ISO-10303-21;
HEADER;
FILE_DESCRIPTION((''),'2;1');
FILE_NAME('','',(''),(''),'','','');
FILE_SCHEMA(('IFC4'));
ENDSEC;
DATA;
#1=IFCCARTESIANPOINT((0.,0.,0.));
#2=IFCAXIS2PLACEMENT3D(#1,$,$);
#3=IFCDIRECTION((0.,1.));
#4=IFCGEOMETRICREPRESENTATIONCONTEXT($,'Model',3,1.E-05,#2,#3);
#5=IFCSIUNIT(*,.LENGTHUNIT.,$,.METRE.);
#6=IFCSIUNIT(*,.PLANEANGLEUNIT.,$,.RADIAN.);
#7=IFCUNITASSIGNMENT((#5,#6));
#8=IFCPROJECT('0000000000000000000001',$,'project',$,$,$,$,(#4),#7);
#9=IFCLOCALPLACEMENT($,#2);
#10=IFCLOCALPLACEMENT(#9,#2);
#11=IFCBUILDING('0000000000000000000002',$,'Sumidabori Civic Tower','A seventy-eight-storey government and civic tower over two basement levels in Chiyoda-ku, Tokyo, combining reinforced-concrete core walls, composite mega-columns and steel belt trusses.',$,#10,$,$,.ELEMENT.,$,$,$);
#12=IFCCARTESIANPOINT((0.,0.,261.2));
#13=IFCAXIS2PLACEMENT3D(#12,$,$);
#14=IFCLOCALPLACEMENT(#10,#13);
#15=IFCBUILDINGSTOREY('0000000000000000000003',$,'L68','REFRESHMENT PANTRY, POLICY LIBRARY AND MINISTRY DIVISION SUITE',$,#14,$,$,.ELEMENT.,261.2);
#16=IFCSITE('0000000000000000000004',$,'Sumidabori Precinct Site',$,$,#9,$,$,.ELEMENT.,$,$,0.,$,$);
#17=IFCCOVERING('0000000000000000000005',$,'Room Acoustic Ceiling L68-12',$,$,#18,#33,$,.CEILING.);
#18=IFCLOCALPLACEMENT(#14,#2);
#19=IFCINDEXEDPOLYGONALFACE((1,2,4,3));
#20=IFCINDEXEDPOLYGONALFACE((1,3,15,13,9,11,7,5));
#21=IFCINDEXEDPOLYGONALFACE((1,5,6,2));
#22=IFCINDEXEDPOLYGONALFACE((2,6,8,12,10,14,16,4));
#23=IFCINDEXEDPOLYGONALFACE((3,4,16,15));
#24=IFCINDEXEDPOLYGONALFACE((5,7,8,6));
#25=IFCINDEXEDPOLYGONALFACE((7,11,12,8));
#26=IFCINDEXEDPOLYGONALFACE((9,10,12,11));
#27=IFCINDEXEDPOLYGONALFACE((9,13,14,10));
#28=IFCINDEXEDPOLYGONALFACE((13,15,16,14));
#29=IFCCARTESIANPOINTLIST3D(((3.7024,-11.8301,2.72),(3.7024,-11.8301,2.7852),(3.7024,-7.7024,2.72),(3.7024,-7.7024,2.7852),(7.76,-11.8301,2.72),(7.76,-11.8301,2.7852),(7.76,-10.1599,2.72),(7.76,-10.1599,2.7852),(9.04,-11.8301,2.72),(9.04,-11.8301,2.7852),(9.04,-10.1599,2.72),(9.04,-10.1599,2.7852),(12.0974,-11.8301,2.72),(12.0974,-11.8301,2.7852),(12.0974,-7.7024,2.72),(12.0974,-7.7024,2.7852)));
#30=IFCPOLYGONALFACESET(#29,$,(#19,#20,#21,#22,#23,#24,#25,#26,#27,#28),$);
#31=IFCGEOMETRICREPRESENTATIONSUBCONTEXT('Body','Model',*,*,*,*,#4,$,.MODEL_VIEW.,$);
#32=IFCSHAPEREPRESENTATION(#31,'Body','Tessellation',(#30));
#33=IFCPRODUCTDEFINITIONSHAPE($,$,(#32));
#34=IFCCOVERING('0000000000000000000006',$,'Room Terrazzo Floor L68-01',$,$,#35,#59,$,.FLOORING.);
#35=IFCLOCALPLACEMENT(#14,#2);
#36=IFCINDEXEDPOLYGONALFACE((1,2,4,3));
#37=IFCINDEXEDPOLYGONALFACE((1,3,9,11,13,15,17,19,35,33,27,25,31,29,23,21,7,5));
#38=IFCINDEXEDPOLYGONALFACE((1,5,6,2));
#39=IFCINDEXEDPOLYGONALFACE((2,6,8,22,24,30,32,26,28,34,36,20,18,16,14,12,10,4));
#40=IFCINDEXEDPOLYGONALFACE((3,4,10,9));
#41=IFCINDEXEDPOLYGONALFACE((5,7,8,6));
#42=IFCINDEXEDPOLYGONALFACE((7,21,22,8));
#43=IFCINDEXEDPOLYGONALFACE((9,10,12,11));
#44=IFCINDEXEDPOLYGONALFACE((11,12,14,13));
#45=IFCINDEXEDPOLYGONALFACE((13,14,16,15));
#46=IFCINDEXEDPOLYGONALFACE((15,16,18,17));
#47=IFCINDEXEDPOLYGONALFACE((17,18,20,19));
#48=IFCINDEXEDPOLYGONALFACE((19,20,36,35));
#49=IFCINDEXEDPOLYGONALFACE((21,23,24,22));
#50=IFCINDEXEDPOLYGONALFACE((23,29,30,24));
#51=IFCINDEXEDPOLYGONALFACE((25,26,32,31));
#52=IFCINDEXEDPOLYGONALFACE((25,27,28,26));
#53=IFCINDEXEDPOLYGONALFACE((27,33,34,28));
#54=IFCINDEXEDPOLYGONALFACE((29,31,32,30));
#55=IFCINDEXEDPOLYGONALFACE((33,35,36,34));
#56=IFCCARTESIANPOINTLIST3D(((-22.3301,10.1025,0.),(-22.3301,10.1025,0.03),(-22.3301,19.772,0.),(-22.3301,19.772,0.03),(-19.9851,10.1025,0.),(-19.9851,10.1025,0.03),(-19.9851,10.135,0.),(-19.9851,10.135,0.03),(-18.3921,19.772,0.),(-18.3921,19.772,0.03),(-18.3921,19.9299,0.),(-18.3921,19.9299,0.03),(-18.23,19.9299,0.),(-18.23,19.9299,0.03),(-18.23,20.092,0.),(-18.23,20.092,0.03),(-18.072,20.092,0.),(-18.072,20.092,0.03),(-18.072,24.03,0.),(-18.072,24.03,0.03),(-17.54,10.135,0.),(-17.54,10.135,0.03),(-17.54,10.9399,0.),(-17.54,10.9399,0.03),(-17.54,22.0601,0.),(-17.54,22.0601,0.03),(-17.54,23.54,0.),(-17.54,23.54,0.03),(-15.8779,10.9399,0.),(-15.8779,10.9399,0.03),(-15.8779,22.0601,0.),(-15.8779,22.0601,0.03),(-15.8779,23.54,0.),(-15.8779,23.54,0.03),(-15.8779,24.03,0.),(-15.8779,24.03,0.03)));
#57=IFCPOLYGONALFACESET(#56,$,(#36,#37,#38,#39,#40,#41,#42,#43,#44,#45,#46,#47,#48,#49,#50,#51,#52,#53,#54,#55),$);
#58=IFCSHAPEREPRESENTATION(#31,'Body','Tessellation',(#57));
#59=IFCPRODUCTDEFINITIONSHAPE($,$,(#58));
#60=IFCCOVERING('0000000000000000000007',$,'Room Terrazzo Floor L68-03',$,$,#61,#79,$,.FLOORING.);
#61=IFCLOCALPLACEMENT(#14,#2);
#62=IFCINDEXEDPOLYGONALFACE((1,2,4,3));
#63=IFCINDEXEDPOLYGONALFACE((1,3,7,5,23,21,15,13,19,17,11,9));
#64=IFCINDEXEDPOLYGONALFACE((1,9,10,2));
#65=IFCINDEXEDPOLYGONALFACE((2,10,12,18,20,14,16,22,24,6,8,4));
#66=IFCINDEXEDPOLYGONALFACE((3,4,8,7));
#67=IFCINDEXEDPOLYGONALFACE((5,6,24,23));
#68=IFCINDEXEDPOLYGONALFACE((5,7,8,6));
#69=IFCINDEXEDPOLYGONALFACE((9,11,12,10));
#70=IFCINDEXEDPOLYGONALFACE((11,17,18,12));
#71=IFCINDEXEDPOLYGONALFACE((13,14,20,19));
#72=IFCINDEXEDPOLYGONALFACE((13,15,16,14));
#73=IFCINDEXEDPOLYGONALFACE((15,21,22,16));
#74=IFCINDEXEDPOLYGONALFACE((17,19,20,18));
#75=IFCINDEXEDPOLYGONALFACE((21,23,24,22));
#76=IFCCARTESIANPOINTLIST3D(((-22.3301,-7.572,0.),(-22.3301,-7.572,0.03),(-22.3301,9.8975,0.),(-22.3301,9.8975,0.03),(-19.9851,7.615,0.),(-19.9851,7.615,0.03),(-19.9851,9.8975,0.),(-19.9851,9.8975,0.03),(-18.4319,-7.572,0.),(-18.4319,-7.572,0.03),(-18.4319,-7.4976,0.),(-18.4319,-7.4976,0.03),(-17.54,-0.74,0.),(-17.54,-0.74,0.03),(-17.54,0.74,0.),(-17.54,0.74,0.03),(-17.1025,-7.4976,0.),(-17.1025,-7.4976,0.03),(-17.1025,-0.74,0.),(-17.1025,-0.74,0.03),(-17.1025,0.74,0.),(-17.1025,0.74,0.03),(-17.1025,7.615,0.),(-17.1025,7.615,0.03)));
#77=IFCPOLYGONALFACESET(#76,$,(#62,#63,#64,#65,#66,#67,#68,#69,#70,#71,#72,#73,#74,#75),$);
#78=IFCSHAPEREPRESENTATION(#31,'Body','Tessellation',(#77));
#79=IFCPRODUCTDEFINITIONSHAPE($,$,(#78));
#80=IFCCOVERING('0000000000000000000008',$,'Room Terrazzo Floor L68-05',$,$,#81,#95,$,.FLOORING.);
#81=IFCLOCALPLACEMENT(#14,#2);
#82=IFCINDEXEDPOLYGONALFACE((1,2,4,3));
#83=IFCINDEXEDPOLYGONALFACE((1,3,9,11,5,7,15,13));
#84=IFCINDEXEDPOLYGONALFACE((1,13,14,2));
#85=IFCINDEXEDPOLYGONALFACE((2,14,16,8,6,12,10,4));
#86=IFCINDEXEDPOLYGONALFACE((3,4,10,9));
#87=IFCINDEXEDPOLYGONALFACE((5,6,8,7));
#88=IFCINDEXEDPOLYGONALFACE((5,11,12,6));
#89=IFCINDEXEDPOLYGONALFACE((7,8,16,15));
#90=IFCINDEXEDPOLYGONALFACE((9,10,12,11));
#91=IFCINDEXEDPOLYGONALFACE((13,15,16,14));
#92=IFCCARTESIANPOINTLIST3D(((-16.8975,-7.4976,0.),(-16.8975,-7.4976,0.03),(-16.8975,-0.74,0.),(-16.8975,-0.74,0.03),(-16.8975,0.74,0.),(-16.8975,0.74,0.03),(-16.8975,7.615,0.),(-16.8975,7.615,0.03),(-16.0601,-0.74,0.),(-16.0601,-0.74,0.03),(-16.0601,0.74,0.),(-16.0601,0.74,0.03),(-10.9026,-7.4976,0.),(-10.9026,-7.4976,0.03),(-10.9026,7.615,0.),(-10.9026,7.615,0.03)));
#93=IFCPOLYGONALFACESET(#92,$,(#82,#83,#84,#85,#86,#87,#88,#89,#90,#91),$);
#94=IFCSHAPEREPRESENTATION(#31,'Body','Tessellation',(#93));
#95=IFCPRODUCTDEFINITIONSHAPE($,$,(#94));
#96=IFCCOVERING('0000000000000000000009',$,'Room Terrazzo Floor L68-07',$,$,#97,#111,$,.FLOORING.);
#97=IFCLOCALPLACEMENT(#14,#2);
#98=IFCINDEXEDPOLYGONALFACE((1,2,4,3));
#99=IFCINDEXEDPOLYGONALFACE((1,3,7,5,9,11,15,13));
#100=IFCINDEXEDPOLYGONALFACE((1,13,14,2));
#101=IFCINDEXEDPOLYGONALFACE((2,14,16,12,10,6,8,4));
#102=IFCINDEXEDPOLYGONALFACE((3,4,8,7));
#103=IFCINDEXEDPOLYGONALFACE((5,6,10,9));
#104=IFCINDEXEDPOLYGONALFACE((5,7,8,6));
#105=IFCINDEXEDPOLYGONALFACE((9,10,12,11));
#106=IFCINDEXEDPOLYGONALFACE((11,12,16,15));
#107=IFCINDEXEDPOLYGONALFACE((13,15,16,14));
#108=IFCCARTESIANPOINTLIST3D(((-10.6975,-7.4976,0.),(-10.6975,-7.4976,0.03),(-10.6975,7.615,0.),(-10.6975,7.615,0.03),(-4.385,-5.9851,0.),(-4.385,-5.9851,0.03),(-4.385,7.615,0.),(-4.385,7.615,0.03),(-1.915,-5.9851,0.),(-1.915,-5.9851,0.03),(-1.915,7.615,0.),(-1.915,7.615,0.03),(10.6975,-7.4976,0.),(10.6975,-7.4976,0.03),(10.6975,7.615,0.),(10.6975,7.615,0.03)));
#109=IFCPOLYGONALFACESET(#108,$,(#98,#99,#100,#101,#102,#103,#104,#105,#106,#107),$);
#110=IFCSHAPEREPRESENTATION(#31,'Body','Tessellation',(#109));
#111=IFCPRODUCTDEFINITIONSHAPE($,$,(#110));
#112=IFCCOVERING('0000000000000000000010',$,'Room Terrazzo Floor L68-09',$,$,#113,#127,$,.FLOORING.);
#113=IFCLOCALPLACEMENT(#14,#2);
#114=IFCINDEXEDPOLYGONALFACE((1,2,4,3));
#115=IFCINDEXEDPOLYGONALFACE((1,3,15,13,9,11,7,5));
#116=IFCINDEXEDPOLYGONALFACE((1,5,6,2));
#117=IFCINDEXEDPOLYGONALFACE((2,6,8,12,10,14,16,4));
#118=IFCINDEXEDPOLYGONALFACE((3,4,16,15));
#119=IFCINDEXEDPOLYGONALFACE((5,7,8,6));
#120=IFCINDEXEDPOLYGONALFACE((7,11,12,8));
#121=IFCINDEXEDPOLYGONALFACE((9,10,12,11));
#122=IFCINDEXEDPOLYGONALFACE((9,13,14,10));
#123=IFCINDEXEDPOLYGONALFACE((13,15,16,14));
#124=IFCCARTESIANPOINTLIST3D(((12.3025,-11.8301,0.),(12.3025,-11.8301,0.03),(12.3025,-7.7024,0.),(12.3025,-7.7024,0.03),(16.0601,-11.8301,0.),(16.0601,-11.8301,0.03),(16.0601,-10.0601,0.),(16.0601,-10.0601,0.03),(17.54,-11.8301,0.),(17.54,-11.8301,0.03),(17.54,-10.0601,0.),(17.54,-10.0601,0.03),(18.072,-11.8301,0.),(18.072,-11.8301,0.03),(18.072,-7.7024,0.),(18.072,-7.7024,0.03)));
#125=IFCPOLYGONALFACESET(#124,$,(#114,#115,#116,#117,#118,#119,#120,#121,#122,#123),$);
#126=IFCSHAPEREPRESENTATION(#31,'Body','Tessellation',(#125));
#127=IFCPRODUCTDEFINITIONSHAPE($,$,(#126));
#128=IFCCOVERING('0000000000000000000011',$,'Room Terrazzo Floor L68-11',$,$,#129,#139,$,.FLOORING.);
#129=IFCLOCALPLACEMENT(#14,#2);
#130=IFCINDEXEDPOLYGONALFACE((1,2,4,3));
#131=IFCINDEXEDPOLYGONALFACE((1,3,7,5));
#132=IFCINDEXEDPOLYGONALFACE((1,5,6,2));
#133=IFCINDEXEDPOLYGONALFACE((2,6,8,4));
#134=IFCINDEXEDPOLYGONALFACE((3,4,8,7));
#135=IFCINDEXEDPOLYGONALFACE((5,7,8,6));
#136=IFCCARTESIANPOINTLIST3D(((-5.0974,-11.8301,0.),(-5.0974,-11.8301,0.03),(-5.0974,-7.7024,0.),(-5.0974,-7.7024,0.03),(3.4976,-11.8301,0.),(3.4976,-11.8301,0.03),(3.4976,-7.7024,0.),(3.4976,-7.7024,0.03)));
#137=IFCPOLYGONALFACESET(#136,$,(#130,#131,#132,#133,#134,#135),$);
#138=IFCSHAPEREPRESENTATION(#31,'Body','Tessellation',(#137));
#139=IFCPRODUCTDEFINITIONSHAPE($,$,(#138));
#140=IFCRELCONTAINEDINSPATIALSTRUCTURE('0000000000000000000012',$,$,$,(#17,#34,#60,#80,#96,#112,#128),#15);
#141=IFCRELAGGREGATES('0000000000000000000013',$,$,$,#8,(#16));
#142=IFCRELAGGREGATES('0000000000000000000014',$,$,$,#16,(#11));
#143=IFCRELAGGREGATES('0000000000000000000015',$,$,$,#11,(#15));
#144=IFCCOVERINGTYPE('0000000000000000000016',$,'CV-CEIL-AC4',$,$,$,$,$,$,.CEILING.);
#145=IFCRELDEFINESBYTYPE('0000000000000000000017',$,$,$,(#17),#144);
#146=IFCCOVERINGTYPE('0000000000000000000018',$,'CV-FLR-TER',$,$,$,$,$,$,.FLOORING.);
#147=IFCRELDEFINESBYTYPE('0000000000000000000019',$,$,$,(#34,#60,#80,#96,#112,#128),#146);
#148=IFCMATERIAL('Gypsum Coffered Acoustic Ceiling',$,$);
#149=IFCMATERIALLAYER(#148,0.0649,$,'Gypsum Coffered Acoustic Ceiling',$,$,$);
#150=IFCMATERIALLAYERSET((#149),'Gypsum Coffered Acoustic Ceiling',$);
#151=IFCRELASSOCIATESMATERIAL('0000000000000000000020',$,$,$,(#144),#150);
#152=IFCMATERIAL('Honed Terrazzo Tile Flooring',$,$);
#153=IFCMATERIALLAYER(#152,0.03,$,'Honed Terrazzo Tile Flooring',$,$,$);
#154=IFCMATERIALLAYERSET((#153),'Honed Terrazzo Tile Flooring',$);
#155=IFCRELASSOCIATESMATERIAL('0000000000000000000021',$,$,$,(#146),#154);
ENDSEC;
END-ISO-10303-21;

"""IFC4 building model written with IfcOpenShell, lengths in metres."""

from ifc_helpers import new_model, si_unit, direction, frame, origin, place, context, subcontext, project, spatial, polyline, outline, extrude, material, layer, layer_set, type_object, element, save


model = new_model("IFC4")

# Units and contexts
model_context = context("Model", 3, precision=1e-05, world=origin(), true_north=direction((0.0, 1.0)))
body_context = subcontext(model_context, "Body", "Model", "MODEL_VIEW")
ifc_project = project(units=[si_unit("LENGTHUNIT", "METRE"), si_unit("PLANEANGLEUNIT", "RADIAN")], contexts=[model_context])

# Site, building, storey
site_placement = place(None, origin())
site = spatial("IfcSite", under=ifc_project, at=site_placement, Name="Sumidabori Precinct Site", CompositionType="ELEMENT", RefElevation=0.0)
building_placement = place(site_placement, origin())
building = spatial("IfcBuilding", under=site, at=building_placement, Name="Sumidabori Civic Tower", Description="A seventy-eight-storey government and civic tower over two basement levels in Chiyoda-ku, Tokyo, combining reinforced-concrete core walls, composite mega-columns and steel belt trusses.", CompositionType="ELEMENT")
storey_placement = place(building_placement, frame((0.0, 0.0, 261.2)))
storey = spatial("IfcBuildingStorey", under=building, at=storey_placement, Name="L68", Description="REFRESHMENT PANTRY, POLICY LIBRARY AND MINISTRY DIVISION SUITE", CompositionType="ELEMENT", Elevation=261.2)

# Coverings
ifc_material_1 = material(Name="Gypsum Coffered Acoustic Ceiling")
ifc_layer_1 = layer(ifc_material_1, 0.0649, Name="Gypsum Coffered Acoustic Ceiling")
ifc_layer_set_1 = layer_set([ifc_layer_1], Name="Gypsum Coffered Acoustic Ceiling")
covering_type_1 = type_object("IfcCoveringType", Name="CV-CEIL-AC4", PredefinedType="CEILING", material=ifc_layer_set_1)
covering_1_placement = place(storey_placement, frame((0.0, 0.0, 2.72)))
element("IfcCovering", 1, at=covering_1_placement, inside=storey, type_object=covering_type_1, Name="Room Acoustic Ceiling L68-12", PredefinedType="CEILING", context=body_context, shape_type="SweptSolid", body=[
    extrude(outline(polyline([(12.0974, -11.8301), (9.04, -11.8301), (9.04, -10.1599), (7.76, -10.1599), (7.76, -11.8301), (3.7024, -11.8301), (3.7024, -7.7024), (12.0974, -7.7024), (12.0974, -11.8301)])), origin(), (0.0, 0.0, 1.0), 0.0652),
])
ifc_material_2 = material(Name="Honed Terrazzo Tile Flooring")
ifc_layer_2 = layer(ifc_material_2, 0.03, Name="Honed Terrazzo Tile Flooring")
ifc_layer_set_2 = layer_set([ifc_layer_2], Name="Honed Terrazzo Tile Flooring")
covering_type_2 = type_object("IfcCoveringType", Name="CV-FLR-TER", PredefinedType="FLOORING", material=ifc_layer_set_2)
covering_2_placement = place(storey_placement, origin())
element("IfcCovering", 2, at=covering_2_placement, inside=storey, type_object=covering_type_2, Name="Room Terrazzo Floor L68-01", PredefinedType="FLOORING", context=body_context, shape_type="SweptSolid", body=[
    extrude(outline(polyline([(-22.3301, 10.1025), (-22.3301, 19.772), (-18.3921, 19.772), (-18.3921, 19.9299), (-18.23, 19.9299), (-18.23, 20.092), (-18.072, 20.092), (-18.072, 24.03), (-15.8779, 24.03), (-15.8779, 23.54), (-17.54, 23.54), (-17.54, 22.0601), (-15.8779, 22.0601), (-15.8779, 10.9399), (-17.54, 10.9399), (-17.54, 10.135), (-19.9851, 10.135), (-19.9851, 10.1025), (-22.3301, 10.1025)])), origin(), (0.0, 0.0, 1.0), 0.03),
])
covering_3_placement = place(storey_placement, origin())
element("IfcCovering", 3, at=covering_3_placement, inside=storey, type_object=covering_type_2, Name="Room Terrazzo Floor L68-03", PredefinedType="FLOORING", context=body_context, shape_type="SweptSolid", body=[
    extrude(outline(polyline([(-19.9851, 7.615), (-17.1025, 7.615), (-17.1025, 0.74), (-17.54, 0.74), (-17.54, -0.74), (-17.1025, -0.74), (-17.1025, -7.4976), (-18.4319, -7.4976), (-18.4319, -7.572), (-22.3301, -7.572), (-22.3301, 9.8975), (-19.9851, 9.8975), (-19.9851, 7.615)])), origin(), (0.0, 0.0, 1.0), 0.03),
])
covering_4_placement = place(storey_placement, origin())
element("IfcCovering", 4, at=covering_4_placement, inside=storey, type_object=covering_type_2, Name="Room Terrazzo Floor L68-05", PredefinedType="FLOORING", context=body_context, shape_type="SweptSolid", body=[
    extrude(outline(polyline([(-16.8975, -0.74), (-16.0601, -0.74), (-16.0601, 0.74), (-16.8975, 0.74), (-16.8975, 7.615), (-10.9026, 7.615), (-10.9026, -7.4976), (-16.8975, -7.4976), (-16.8975, -0.74)])), origin(), (0.0, 0.0, 1.0), 0.03),
])
covering_5_placement = place(storey_placement, origin())
element("IfcCovering", 5, at=covering_5_placement, inside=storey, type_object=covering_type_2, Name="Room Terrazzo Floor L68-07", PredefinedType="FLOORING", context=body_context, shape_type="SweptSolid", body=[
    extrude(outline(polyline([(-10.6975, 7.615), (-4.385, 7.615), (-4.385, -5.9851), (-1.915, -5.9851), (-1.915, 7.615), (10.6975, 7.615), (10.6975, -7.4976), (-10.6975, -7.4976), (-10.6975, 7.615)])), origin(), (0.0, 0.0, 1.0), 0.03),
])
covering_6_placement = place(storey_placement, origin())
element("IfcCovering", 6, at=covering_6_placement, inside=storey, type_object=covering_type_2, Name="Room Terrazzo Floor L68-09", PredefinedType="FLOORING", context=body_context, shape_type="SweptSolid", body=[
    extrude(outline(polyline([(18.072, -11.8301), (17.54, -11.8301), (17.54, -10.0601), (16.0601, -10.0601), (16.0601, -11.8301), (12.3025, -11.8301), (12.3025, -7.7024), (18.072, -7.7024), (18.072, -11.8301)])), origin(), (0.0, 0.0, 1.0), 0.03),
])
covering_7_placement = place(storey_placement, origin())
element("IfcCovering", 7, at=covering_7_placement, inside=storey, type_object=covering_type_2, Name="Room Terrazzo Floor L68-11", PredefinedType="FLOORING", context=body_context, shape_type="SweptSolid", body=[
    extrude(outline(polyline([(3.4976, -11.8301), (-5.0974, -11.8301), (-5.0974, -7.7024), (3.4976, -7.7024), (3.4976, -11.8301)])), origin(), (0.0, 0.0, 1.0), 0.03),
])

save(model, "model.ifc")
